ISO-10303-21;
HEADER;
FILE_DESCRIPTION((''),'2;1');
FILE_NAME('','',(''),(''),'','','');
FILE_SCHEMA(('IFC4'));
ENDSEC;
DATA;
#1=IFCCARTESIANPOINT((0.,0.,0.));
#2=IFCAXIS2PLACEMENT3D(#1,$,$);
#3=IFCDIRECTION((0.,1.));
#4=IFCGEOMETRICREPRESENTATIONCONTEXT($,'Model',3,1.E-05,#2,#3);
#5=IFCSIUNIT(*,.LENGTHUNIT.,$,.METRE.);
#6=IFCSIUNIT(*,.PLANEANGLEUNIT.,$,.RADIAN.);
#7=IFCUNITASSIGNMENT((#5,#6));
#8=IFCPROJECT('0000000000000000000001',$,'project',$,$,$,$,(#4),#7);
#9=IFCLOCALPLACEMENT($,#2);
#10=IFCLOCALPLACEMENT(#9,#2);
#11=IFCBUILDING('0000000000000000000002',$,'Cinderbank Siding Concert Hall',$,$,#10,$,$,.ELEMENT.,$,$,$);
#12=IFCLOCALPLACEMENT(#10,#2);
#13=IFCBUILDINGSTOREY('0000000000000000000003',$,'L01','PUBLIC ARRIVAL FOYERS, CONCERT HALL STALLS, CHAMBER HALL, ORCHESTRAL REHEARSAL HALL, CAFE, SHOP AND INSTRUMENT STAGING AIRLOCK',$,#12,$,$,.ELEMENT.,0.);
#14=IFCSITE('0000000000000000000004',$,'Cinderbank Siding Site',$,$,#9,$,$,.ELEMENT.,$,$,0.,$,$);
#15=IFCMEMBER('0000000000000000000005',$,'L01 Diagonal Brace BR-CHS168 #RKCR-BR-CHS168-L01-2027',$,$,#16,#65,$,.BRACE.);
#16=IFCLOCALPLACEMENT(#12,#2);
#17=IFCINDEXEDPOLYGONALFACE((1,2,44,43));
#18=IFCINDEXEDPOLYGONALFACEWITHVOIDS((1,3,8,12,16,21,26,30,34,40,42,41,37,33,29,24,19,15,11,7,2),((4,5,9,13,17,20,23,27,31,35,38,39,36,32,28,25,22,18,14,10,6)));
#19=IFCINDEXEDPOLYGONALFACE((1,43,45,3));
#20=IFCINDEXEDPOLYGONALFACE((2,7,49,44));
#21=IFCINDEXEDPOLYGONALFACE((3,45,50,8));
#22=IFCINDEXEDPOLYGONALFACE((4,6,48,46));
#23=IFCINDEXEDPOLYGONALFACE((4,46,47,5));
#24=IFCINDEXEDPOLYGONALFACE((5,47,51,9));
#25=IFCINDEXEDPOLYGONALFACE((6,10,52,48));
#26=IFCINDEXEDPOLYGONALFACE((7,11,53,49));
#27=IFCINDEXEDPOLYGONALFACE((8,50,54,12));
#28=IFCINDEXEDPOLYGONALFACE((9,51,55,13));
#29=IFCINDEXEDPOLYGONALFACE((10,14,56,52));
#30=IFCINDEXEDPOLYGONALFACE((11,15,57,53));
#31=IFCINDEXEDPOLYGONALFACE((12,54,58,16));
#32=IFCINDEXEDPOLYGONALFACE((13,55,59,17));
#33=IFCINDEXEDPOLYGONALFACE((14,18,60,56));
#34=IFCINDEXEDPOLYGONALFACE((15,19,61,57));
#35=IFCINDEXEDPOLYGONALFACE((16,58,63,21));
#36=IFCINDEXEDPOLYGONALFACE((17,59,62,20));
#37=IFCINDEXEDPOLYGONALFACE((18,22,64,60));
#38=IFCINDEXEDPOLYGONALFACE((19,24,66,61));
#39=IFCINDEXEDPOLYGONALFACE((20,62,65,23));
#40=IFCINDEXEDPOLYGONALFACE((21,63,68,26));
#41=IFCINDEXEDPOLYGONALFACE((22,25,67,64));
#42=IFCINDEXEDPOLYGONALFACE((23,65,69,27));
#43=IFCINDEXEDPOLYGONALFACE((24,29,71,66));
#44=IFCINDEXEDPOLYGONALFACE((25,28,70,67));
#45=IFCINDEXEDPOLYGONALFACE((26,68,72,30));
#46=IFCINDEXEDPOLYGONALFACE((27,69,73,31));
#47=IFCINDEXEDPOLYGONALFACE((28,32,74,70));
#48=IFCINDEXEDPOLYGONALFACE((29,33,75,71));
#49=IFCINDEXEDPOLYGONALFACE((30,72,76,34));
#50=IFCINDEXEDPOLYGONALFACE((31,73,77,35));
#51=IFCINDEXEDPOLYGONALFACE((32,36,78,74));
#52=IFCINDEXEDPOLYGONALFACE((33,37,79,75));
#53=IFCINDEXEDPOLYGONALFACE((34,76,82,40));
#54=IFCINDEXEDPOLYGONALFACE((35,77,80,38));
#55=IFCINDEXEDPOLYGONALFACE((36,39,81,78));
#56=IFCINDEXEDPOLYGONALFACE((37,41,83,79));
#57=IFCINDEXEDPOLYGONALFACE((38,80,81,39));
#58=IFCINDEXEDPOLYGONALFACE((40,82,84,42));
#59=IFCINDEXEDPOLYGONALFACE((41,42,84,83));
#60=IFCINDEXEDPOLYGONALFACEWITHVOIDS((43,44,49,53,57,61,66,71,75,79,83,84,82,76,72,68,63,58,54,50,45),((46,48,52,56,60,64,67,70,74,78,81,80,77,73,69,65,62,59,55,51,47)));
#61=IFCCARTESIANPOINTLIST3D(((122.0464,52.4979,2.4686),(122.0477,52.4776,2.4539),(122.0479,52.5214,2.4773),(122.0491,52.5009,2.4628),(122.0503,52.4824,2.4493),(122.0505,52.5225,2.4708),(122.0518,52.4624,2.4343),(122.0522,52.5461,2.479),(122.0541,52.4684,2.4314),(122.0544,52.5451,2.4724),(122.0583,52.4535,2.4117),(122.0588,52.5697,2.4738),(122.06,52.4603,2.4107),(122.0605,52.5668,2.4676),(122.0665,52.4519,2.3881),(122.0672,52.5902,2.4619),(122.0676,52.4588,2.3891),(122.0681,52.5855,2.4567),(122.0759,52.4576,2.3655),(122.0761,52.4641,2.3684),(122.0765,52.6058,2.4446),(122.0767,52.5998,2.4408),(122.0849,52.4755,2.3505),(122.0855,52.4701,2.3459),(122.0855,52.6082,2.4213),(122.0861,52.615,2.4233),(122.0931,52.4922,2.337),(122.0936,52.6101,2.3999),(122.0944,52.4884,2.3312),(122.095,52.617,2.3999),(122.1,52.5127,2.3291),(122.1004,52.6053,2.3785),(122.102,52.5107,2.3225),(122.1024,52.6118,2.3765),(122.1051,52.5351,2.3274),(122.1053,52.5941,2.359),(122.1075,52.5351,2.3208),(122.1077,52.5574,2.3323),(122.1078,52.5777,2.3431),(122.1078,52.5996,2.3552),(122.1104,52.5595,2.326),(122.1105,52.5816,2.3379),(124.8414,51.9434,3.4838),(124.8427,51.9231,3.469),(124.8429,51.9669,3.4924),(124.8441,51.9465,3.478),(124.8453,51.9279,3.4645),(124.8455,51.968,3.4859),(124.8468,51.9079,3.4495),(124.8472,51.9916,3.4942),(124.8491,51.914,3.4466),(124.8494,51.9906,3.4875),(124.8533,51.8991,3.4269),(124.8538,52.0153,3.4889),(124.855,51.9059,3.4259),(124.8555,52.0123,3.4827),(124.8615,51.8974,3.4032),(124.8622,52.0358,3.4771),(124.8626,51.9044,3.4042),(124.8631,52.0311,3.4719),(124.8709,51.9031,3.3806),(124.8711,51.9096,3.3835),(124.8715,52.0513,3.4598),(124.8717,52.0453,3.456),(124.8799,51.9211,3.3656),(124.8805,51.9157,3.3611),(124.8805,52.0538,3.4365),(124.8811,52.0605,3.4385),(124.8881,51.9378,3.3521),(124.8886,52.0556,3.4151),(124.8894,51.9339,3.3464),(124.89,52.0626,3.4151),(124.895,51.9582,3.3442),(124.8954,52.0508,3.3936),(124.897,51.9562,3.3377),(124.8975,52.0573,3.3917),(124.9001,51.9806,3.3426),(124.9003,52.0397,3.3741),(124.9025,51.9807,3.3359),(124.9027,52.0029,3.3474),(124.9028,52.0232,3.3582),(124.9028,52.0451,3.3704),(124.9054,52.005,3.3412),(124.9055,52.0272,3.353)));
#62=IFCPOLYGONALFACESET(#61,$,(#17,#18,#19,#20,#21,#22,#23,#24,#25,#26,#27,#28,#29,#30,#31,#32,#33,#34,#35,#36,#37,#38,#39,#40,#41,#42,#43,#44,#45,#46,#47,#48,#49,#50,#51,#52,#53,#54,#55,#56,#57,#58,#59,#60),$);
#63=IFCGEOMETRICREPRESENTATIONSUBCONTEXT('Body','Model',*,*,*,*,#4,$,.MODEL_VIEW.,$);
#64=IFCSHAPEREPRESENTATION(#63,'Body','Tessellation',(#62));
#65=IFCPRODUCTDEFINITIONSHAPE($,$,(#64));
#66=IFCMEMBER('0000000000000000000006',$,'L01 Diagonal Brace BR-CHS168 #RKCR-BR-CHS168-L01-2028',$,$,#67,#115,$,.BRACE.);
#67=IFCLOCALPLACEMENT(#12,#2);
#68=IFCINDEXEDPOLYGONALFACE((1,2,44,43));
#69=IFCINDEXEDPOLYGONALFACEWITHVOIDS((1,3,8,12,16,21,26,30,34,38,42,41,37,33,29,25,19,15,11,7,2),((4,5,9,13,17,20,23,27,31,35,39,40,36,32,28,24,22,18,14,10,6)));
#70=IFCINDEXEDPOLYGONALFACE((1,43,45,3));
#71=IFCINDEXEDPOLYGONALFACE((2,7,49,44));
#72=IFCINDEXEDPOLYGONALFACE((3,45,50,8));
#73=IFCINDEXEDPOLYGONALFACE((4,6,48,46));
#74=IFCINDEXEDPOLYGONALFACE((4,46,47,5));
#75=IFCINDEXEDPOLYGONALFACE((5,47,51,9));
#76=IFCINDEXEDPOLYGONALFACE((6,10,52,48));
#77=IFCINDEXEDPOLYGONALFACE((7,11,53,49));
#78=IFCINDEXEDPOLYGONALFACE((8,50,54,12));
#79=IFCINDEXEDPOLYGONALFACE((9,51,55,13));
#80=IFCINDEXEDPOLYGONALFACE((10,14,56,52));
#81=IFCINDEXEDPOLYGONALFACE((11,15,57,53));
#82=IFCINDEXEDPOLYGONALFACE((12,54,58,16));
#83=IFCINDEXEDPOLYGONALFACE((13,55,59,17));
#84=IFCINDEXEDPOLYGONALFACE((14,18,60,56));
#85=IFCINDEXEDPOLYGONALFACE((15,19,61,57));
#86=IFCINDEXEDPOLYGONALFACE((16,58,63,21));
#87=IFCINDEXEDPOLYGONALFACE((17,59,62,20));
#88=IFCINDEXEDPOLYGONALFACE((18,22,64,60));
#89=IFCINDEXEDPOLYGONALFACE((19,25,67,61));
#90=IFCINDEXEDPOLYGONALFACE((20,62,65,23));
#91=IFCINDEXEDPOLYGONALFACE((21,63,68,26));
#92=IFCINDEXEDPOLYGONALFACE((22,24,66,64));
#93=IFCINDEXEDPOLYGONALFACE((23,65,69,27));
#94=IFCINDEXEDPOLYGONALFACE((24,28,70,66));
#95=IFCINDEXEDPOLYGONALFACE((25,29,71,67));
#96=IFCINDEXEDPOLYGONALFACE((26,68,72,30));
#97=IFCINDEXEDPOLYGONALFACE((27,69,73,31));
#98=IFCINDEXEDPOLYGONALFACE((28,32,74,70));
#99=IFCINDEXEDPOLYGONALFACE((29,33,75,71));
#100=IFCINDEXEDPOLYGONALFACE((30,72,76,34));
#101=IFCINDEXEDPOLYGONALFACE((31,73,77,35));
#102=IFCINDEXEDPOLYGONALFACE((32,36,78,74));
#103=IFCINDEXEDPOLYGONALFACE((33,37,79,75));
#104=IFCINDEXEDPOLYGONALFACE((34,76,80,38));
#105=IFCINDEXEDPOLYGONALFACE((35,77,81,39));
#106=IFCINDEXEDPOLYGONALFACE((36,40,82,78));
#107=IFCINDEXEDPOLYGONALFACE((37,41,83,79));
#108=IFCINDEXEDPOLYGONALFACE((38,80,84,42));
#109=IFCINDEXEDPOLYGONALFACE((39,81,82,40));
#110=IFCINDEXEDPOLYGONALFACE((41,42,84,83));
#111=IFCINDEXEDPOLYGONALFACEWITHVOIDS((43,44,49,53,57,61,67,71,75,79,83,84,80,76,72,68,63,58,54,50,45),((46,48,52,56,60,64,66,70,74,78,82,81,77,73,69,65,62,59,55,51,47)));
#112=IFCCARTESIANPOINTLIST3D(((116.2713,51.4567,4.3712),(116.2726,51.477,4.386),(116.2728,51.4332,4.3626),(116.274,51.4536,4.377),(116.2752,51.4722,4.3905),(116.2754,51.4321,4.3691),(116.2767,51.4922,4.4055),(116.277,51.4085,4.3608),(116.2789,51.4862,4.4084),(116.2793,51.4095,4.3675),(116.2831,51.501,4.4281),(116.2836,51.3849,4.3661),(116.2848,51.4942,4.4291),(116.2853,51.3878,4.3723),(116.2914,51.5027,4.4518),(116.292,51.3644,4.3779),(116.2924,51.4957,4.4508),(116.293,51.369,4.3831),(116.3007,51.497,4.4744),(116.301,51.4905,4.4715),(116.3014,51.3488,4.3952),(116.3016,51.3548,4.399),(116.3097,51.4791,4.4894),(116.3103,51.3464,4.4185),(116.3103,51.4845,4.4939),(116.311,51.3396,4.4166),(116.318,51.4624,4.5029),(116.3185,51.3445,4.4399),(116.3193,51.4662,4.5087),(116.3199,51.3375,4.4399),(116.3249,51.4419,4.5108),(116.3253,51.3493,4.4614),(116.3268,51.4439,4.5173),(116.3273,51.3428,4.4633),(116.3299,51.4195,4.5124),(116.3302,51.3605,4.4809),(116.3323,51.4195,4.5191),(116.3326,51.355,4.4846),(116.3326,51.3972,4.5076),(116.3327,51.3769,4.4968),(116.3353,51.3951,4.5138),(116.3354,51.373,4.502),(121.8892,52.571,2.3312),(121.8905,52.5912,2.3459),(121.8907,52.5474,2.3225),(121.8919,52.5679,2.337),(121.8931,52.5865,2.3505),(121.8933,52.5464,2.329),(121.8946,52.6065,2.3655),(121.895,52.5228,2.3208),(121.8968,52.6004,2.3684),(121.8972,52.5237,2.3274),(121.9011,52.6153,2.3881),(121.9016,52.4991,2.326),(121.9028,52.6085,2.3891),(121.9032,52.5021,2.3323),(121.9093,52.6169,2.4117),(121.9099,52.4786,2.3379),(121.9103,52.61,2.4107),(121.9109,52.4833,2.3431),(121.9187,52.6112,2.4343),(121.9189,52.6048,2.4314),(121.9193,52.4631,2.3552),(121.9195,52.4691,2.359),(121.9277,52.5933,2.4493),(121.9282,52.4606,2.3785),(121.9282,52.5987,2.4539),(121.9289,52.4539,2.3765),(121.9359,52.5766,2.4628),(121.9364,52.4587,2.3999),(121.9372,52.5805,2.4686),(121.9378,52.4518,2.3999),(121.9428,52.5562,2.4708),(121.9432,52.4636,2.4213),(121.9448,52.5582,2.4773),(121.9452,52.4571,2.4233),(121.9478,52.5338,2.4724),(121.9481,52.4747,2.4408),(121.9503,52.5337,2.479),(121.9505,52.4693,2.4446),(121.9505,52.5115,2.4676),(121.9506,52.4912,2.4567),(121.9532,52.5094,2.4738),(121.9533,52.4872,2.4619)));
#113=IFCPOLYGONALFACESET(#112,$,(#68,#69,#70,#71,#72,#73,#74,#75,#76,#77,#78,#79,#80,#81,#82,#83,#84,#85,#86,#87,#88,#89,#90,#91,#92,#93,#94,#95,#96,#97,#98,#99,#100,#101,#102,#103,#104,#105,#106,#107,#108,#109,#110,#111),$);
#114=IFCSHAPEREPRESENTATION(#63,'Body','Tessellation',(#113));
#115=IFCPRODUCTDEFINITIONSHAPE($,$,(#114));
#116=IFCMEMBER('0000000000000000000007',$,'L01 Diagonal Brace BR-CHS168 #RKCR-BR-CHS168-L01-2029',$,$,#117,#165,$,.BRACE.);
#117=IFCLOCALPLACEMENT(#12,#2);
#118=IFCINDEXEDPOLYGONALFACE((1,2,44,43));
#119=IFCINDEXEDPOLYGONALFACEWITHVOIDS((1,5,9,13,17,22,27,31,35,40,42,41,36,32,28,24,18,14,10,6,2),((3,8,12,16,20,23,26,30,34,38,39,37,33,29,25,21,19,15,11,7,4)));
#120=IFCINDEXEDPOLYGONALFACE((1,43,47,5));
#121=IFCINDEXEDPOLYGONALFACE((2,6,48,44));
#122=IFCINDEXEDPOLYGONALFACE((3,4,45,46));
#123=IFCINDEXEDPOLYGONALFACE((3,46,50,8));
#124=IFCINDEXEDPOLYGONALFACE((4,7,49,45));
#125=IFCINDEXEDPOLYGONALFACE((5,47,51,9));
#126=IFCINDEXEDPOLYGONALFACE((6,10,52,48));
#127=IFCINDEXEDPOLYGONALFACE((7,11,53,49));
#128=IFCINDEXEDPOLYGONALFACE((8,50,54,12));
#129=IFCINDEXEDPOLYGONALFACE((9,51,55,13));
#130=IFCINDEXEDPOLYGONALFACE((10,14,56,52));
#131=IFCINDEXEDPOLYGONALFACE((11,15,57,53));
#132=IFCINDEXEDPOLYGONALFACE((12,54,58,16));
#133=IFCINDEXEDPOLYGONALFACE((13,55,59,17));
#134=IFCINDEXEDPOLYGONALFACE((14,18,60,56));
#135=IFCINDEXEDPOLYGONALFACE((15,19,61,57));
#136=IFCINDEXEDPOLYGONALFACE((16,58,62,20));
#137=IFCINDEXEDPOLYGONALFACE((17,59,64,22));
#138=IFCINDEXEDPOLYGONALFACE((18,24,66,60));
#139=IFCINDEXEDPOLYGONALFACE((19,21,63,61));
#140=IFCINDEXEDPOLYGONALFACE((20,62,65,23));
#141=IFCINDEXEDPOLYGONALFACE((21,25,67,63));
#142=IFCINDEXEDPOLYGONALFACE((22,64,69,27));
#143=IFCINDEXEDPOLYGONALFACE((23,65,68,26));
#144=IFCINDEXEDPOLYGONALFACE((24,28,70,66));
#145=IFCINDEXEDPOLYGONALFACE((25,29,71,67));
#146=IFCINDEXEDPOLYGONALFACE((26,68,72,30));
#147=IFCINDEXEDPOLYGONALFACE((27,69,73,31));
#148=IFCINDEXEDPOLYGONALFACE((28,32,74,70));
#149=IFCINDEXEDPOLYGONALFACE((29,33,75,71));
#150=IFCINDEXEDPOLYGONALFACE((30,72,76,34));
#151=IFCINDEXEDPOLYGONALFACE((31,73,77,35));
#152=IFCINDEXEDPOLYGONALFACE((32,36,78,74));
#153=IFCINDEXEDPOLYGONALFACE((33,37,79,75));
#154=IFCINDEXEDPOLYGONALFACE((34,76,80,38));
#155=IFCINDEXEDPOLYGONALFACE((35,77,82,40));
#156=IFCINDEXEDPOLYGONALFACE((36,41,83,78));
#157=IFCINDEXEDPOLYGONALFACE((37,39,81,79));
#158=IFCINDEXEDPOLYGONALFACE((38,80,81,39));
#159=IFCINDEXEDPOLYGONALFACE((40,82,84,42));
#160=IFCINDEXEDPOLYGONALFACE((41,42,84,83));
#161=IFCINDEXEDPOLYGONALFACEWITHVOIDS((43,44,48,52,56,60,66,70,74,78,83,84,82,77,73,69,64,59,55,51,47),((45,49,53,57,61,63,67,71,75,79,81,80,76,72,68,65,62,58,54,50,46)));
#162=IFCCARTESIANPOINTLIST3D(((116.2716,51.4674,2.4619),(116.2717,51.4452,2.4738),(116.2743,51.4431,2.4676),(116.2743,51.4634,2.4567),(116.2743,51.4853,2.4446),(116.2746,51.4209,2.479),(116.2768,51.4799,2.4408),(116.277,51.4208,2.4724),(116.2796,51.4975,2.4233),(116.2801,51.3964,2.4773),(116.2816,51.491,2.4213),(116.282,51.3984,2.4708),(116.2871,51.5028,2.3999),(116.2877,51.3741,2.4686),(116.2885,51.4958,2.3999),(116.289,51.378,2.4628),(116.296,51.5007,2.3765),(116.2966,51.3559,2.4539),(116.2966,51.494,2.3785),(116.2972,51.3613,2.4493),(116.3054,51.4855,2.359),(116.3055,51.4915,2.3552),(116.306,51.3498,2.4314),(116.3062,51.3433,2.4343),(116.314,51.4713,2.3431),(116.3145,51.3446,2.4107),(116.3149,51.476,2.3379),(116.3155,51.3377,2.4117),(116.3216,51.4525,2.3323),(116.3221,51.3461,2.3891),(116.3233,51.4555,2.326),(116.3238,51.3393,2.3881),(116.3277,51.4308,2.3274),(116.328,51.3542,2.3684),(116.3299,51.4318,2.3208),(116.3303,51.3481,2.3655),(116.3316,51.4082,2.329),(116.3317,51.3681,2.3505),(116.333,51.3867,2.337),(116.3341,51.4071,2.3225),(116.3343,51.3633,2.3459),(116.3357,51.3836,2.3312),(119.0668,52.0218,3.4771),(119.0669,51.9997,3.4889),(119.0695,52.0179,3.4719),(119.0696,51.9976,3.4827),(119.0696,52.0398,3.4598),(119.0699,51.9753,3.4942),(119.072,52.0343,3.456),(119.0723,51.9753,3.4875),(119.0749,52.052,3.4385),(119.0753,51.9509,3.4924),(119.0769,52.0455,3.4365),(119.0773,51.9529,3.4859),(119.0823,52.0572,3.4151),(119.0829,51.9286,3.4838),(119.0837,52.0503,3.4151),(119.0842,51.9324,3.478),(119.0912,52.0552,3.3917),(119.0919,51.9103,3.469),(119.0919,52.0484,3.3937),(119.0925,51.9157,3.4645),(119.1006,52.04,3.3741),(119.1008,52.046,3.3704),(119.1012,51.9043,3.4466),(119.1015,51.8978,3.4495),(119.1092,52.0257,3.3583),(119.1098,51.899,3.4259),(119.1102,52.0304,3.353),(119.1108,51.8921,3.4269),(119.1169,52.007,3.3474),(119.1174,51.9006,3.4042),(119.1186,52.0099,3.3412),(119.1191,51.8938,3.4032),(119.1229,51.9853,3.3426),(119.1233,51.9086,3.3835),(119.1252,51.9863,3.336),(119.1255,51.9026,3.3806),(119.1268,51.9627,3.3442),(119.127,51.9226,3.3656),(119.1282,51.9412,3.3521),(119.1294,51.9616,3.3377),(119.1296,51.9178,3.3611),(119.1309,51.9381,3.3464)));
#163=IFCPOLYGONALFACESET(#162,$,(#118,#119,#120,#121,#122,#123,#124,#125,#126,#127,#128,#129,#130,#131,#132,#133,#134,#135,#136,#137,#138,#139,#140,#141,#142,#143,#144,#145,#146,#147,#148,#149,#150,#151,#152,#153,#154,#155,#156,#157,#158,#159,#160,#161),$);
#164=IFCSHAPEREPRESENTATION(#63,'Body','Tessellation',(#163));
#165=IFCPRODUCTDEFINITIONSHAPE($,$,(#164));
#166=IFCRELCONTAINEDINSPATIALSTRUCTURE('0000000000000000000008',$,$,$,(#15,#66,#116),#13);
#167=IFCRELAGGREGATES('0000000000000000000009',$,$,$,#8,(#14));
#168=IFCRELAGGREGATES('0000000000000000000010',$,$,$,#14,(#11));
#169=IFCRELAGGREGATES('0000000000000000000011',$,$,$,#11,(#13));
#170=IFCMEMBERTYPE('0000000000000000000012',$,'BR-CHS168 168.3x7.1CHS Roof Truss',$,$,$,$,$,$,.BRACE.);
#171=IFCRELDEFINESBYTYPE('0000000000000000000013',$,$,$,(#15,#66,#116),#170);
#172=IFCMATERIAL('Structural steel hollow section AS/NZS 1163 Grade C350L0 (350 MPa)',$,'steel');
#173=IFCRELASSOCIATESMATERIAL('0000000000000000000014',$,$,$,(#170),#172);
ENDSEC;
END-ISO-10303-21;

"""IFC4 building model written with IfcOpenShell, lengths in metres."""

from ifc_helpers import new_model, si_unit, direction, frame, origin, origin_2d, place, context, subcontext, project, spatial, hollow_circle, extrude, material, material_profile, profile_set, type_object, element, save


model = new_model("IFC4")

# Units and contexts
model_context = context("Model", 3, precision=1e-05, world=origin(), true_north=direction((0.0, 1.0)))
body_context = subcontext(model_context, "Body", "Model", "MODEL_VIEW")
ifc_project = project(units=[si_unit("LENGTHUNIT", "METRE"), si_unit("PLANEANGLEUNIT", "RADIAN")], contexts=[model_context])

# Site, building, storey
site_placement = place(None, origin())
site = spatial("IfcSite", under=ifc_project, at=site_placement, Name="Cinderbank Siding Site", CompositionType="ELEMENT", RefElevation=0.0)
building_placement = place(site_placement, origin())
building = spatial("IfcBuilding", under=site, at=building_placement, Name="Cinderbank Siding Concert Hall", CompositionType="ELEMENT")
storey_placement = place(building_placement, origin())
storey = spatial("IfcBuildingStorey", under=building, at=storey_placement, Name="L01", Description="PUBLIC ARRIVAL FOYERS, CONCERT HALL STALLS, CHAMBER HALL, ORCHESTRAL REHEARSAL HALL, CAFE, SHOP AND INSTRUMENT STAGING AIRLOCK", CompositionType="ELEMENT", Elevation=0.0)

# Members
ifc_material_1 = material(Name="Structural steel hollow section AS/NZS 1163 Grade C350L0 (350 MPa)", Category="steel")
ifc_material_profile_1 = material_profile(ifc_material_1, hollow_circle(Radius=0.0842, WallThickness=0.0071, at=origin_2d()), Name="168.3x7.1CHS", Category="LoadBearing")
ifc_profile_set_1 = profile_set([ifc_material_profile_1], Name="Structural steel hollow section AS/NZS 1163 Grade C350L0 (350 MPa)")
member_type_1 = type_object("IfcMemberType", Name="BR-CHS168 168.3x7.1CHS Roof Truss", PredefinedType="BRACE", material=ifc_profile_set_1)
member_1_placement = place(storey_placement, frame((122.0786, 52.5344, 2.3999), z_axis=(0.923998, -0.183298, 0.335603), x_axis=(0.194584, 0.980886, 0.0)))
element("IfcMember", 1, at=member_1_placement, inside=storey, type_object=member_type_1, Name="L01 Diagonal Brace BR-CHS168 #RKCR-BR-CHS168-L01-2027", PredefinedType="BRACE", context=body_context, shape_type="SweptSolid", body=[
    extrude(hollow_circle(Radius=0.0842, WallThickness=0.0071, at=origin_2d()), origin(), (0.0, 0.0, 1.0), 3.0249),
])
member_2_placement = place(storey_placement, frame((121.9214, 52.5344, 2.3999), z_axis=(-0.924026, -0.183271, 0.335542), x_axis=(0.19455, -0.980893, 0.0)))
element("IfcMember", 2, at=member_2_placement, inside=storey, type_object=member_type_1, Name="L01 Diagonal Brace BR-CHS168 #RKCR-BR-CHS168-L01-2028", PredefinedType="BRACE", context=body_context, shape_type="SweptSolid", body=[
    extrude(hollow_circle(Radius=0.0842, WallThickness=0.0071, at=origin_2d()), origin(), (0.0, 0.0, 1.0), 6.0798),
])
member_3_placement = place(storey_placement, frame((116.3035, 51.4202, 2.3999), z_axis=(0.92401, 0.183285, 0.335578), x_axis=(-0.194567, 0.980889, 0.0)))
element("IfcMember", 3, at=member_3_placement, inside=storey, type_object=member_type_1, Name="L01 Diagonal Brace BR-CHS168 #RKCR-BR-CHS168-L01-2029", PredefinedType="BRACE", context=body_context, shape_type="SweptSolid", body=[
    extrude(hollow_circle(Radius=0.0842, WallThickness=0.0071, at=origin_2d()), origin(), (0.0, 0.0, 1.0), 3.0251),
])

save(model, "model.ifc")
